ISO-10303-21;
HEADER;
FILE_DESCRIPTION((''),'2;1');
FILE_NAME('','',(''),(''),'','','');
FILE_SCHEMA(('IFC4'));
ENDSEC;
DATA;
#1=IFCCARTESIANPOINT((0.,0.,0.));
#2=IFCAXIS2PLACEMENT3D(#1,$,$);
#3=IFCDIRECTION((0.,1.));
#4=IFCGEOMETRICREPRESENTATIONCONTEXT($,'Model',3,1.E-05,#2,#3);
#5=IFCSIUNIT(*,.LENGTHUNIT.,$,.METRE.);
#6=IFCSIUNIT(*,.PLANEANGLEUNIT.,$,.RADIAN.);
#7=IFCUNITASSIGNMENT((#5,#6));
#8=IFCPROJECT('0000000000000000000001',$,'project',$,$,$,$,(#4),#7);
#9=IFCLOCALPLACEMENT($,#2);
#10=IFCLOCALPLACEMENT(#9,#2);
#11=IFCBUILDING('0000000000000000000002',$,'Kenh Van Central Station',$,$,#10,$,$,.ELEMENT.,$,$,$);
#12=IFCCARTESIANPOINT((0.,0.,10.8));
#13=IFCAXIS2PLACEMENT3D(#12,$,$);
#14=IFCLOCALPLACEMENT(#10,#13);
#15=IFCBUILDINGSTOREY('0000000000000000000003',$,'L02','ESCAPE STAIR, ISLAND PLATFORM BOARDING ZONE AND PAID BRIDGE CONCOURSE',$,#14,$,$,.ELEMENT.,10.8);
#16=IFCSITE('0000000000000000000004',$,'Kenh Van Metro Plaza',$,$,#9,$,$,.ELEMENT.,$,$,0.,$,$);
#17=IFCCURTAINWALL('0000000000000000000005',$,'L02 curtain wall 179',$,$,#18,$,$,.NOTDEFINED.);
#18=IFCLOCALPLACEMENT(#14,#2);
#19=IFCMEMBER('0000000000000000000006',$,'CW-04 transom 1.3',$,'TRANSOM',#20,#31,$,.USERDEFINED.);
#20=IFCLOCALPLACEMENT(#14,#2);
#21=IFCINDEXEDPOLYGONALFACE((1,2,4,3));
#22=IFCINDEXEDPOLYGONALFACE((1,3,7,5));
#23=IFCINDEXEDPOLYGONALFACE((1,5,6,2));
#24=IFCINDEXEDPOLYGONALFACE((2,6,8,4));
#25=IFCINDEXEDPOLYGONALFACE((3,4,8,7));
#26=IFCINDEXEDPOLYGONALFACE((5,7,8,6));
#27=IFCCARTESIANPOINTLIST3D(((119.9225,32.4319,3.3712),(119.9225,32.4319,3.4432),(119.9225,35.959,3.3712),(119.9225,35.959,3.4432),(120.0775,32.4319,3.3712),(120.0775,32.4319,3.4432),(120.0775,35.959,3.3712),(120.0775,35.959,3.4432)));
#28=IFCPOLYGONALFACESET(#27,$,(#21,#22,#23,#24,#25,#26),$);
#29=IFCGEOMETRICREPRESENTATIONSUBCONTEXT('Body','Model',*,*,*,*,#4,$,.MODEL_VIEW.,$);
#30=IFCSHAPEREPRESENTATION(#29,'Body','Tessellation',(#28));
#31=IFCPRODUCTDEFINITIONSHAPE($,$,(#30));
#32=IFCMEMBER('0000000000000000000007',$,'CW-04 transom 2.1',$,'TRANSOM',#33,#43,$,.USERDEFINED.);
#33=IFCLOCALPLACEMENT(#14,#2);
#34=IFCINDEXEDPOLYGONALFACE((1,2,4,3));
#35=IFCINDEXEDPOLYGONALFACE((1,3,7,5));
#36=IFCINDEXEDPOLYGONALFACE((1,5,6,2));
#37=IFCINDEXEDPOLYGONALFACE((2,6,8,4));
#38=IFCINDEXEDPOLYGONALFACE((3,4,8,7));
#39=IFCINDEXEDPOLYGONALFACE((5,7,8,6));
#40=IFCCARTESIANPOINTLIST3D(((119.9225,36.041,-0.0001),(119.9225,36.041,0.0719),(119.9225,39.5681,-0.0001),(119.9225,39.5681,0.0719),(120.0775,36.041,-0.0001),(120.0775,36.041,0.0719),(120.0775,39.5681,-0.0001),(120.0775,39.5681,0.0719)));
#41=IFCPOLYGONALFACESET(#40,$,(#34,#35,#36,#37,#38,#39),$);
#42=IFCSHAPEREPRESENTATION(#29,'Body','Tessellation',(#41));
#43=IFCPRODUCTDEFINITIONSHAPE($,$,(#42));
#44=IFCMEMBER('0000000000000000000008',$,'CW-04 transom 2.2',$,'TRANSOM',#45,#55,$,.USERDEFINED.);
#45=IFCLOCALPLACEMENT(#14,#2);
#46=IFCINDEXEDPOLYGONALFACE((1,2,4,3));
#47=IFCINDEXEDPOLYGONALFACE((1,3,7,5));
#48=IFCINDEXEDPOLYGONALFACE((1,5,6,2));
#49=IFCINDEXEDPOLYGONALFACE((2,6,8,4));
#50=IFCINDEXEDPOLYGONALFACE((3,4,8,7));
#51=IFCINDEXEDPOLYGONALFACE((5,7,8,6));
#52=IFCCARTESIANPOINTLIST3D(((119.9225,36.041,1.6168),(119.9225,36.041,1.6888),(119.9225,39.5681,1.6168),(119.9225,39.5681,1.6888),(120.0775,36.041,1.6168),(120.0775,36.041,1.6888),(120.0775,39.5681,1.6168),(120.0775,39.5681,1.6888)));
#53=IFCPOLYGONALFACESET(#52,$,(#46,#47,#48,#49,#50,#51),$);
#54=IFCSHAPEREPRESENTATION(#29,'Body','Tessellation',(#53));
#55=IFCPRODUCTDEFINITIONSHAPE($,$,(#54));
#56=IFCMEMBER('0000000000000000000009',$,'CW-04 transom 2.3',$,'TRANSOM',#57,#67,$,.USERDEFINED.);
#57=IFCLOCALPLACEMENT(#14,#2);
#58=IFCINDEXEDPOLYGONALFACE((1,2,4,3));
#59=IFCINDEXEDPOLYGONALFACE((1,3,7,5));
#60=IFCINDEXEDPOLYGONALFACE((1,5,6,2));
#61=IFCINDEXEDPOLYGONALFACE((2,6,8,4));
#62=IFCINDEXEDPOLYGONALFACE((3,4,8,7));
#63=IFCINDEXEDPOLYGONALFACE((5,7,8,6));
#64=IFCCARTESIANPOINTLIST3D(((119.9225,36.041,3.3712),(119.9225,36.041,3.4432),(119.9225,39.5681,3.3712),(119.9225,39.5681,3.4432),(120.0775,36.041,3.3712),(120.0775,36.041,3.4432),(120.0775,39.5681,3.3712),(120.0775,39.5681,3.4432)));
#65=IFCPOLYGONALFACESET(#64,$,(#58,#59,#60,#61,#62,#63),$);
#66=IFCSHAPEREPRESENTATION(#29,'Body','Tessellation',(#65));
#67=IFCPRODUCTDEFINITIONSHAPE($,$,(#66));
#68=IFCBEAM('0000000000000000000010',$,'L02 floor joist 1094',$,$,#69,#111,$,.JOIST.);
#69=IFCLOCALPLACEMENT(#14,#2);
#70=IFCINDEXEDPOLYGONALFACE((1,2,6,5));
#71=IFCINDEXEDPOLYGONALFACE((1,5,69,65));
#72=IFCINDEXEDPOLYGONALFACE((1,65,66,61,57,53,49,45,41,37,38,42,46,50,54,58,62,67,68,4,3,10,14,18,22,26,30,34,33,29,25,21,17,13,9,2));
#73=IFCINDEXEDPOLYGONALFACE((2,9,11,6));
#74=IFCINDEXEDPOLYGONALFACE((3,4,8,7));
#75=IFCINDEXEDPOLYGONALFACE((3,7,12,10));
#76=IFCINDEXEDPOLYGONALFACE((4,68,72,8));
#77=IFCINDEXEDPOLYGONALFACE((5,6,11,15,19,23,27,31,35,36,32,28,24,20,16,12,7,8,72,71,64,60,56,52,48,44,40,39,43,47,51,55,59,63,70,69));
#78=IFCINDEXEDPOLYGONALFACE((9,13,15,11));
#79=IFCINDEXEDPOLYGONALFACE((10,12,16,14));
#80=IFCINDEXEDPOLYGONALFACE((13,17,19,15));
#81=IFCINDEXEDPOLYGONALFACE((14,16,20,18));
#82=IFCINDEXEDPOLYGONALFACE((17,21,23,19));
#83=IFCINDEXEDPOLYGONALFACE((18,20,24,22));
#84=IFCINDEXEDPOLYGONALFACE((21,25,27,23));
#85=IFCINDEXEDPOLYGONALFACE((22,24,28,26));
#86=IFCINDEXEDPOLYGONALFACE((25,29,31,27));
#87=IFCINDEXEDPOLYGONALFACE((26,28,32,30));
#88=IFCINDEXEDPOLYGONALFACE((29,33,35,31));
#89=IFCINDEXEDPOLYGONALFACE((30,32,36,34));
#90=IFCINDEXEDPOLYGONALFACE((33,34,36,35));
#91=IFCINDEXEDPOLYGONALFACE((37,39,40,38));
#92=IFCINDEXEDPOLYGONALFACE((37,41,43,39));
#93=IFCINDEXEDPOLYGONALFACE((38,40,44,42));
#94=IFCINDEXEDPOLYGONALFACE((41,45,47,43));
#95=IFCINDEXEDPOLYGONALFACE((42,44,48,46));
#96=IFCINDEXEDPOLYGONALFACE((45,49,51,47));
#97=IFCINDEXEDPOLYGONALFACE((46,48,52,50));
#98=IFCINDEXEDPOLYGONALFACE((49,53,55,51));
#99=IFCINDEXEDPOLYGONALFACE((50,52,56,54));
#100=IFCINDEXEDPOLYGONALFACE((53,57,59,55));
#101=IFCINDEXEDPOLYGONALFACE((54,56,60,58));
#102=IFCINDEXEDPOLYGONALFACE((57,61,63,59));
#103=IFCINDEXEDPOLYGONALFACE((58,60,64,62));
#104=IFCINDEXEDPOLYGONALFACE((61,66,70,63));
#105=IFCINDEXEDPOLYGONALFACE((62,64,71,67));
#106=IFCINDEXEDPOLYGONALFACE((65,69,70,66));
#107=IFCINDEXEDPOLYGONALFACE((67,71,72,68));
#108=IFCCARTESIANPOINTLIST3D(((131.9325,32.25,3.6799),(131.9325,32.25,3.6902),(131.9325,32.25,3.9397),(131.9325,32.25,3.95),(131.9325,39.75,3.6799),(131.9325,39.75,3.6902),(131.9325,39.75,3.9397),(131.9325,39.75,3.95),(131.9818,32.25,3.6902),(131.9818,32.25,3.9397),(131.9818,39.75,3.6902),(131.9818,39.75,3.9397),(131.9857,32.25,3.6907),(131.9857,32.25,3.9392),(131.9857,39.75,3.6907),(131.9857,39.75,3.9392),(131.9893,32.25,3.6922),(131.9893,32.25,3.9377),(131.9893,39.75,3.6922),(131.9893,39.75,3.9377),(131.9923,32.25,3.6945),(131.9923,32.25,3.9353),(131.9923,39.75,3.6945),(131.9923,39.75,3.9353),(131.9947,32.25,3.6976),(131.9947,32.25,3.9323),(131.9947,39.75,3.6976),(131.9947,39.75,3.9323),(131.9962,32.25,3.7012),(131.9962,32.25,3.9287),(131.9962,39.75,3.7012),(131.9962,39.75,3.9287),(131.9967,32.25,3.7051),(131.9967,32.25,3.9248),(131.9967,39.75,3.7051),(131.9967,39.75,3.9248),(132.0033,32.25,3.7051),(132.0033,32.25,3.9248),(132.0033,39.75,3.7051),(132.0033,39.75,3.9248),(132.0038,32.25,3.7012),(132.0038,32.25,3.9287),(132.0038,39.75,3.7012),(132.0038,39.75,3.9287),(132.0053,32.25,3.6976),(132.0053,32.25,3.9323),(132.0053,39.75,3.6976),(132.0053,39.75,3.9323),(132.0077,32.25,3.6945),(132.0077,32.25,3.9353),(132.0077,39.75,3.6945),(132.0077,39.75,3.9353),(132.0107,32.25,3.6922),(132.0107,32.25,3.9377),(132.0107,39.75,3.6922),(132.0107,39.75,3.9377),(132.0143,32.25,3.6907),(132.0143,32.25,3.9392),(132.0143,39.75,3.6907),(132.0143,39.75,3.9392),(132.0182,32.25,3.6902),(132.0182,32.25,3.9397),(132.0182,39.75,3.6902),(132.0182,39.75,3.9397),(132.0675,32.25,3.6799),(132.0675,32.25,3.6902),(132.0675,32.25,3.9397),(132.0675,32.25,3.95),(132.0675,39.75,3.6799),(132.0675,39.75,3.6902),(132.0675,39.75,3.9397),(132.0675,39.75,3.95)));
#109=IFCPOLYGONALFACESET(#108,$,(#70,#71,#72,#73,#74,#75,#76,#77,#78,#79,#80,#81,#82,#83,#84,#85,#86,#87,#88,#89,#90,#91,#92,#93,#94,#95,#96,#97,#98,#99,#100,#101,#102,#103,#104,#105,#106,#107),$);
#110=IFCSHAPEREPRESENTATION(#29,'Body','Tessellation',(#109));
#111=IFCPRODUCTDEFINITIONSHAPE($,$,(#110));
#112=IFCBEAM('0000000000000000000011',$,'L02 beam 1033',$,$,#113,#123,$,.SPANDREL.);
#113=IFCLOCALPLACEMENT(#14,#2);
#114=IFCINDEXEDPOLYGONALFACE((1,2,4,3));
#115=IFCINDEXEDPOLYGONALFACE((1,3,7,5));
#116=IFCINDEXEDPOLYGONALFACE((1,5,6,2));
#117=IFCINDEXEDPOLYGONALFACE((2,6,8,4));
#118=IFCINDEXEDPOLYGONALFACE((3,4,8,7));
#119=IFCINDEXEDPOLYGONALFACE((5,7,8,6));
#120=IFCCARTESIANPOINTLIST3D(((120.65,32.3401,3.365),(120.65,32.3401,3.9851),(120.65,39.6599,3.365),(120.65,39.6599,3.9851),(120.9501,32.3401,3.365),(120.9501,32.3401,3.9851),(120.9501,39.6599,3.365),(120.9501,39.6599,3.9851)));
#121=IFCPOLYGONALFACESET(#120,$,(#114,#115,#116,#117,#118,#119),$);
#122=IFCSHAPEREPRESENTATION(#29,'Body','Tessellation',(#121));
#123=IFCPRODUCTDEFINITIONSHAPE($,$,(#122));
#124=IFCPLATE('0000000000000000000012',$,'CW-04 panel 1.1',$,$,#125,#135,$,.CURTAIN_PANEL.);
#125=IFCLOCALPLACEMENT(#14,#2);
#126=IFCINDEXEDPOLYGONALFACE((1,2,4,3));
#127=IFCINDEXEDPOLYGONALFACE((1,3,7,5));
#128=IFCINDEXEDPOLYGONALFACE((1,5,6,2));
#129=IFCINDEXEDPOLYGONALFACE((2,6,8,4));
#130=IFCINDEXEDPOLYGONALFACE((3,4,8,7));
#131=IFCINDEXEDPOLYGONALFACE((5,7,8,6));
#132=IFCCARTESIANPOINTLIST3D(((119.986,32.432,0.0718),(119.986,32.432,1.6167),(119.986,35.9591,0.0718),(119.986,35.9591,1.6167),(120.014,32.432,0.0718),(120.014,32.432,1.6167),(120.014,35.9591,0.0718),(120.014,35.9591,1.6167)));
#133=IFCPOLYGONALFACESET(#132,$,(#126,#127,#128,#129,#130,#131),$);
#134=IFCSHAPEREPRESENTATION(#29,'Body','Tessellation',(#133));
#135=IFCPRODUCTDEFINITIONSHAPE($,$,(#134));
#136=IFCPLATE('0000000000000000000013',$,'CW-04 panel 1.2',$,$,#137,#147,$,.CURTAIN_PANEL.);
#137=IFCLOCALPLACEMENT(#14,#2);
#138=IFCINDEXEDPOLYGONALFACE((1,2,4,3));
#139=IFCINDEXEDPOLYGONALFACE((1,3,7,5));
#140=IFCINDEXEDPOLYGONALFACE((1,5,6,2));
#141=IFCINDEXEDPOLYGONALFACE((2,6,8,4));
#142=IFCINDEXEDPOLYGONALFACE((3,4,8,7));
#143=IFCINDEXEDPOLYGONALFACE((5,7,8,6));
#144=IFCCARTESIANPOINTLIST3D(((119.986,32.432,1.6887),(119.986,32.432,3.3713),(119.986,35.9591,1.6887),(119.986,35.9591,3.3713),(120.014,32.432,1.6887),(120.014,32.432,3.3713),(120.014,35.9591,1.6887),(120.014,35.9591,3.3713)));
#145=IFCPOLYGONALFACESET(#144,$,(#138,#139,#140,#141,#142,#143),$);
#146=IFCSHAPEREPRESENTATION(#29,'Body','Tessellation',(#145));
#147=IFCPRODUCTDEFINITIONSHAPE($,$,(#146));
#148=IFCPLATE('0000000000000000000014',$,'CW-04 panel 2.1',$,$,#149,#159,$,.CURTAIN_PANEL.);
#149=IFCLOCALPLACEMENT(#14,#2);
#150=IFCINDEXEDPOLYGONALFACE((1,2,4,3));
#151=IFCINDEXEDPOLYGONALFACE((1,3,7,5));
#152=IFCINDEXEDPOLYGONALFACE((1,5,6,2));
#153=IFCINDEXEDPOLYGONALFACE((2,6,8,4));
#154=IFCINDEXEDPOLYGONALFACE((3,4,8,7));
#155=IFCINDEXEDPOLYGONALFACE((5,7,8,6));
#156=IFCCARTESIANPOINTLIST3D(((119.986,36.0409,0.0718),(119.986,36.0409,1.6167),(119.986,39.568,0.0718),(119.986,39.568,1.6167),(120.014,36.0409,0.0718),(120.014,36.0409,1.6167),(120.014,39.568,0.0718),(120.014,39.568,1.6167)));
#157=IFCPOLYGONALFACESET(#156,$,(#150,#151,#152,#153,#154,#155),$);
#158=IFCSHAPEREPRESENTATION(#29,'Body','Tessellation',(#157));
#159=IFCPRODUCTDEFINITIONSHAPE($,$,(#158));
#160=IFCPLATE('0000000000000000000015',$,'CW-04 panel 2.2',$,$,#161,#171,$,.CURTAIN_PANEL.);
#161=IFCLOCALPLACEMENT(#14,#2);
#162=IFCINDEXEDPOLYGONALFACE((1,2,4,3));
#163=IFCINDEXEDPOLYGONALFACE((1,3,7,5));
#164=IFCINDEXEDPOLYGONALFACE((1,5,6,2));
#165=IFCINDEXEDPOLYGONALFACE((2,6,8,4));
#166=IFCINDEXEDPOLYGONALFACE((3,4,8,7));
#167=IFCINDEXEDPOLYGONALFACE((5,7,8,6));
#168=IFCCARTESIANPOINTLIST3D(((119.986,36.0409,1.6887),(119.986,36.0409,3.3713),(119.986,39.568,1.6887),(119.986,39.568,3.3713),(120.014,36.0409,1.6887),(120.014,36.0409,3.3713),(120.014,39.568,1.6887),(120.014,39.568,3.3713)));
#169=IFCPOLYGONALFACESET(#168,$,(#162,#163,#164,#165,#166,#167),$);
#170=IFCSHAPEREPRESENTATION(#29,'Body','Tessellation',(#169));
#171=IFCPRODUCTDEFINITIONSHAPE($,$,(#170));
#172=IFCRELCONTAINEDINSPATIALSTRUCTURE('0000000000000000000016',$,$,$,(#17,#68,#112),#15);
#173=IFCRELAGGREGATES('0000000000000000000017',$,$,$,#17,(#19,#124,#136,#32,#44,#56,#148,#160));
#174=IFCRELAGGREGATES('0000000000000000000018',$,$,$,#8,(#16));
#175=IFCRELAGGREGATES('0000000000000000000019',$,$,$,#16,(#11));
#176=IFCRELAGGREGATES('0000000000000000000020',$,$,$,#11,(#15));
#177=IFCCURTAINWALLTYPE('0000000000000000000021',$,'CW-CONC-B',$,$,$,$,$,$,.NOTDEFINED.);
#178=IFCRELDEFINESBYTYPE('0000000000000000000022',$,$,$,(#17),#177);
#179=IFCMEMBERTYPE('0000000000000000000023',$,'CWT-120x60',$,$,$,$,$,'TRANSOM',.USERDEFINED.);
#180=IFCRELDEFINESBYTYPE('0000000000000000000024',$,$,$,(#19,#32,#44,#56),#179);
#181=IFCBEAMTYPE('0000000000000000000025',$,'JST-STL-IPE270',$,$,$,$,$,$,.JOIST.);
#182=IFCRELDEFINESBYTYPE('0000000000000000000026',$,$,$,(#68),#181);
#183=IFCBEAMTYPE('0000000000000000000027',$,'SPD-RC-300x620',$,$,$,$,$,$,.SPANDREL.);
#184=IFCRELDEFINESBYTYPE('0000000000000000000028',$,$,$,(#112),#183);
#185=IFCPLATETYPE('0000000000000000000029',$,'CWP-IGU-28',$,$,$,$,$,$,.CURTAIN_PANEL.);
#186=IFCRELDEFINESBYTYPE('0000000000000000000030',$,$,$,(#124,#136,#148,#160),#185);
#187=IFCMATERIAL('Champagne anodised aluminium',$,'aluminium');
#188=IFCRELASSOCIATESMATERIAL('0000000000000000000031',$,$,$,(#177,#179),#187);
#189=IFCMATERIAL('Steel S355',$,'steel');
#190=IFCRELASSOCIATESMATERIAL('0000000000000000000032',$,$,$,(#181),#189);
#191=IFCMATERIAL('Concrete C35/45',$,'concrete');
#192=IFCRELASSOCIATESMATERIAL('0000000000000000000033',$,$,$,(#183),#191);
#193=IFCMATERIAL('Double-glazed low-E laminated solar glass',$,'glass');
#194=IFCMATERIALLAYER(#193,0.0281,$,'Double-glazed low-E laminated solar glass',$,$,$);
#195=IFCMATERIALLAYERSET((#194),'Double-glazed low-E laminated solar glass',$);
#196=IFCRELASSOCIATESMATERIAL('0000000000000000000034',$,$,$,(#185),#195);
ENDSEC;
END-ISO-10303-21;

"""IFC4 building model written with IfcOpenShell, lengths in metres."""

from ifc_helpers import new_model, si_unit, direction, frame, origin, origin_2d, place, context, subcontext, project, spatial, rectangle, i_section, extrude, material, layer, layer_set, material_profile, profile_set, type_object, element, aggregate, save


model = new_model("IFC4")

# Units and contexts
model_context = context("Model", 3, precision=1e-05, world=origin(), true_north=direction((0.0, 1.0)))
body_context = subcontext(model_context, "Body", "Model", "MODEL_VIEW")
ifc_project = project(units=[si_unit("LENGTHUNIT", "METRE"), si_unit("PLANEANGLEUNIT", "RADIAN")], contexts=[model_context])

# Site, building, storey
site_placement = place(None, origin())
site = spatial("IfcSite", under=ifc_project, at=site_placement, Name="Kenh Van Metro Plaza", CompositionType="ELEMENT", RefElevation=0.0)
building_placement = place(site_placement, origin())
building = spatial("IfcBuilding", under=site, at=building_placement, Name="Kenh Van Central Station", CompositionType="ELEMENT")
storey_placement = place(building_placement, frame((0.0, 0.0, 10.8)))
storey = spatial("IfcBuildingStorey", under=building, at=storey_placement, Name="L02", Description="ESCAPE STAIR, ISLAND PLATFORM BOARDING ZONE AND PAID BRIDGE CONCOURSE", CompositionType="ELEMENT", Elevation=10.8)

# Shared definitions
ifc_material_1 = material(Name="Concrete C35/45", Category="concrete")

# Curtain wall, members
ifc_material_2 = material(Name="Champagne anodised aluminium", Category="aluminium")
curtain_wall_type = type_object("IfcCurtainWallType", Name="CW-CONC-B", PredefinedType="NOTDEFINED", material=ifc_material_2)
curtain_wall_placement = place(storey_placement, origin())
curtain_wall = element("IfcCurtainWall", 1, at=curtain_wall_placement, inside=storey, type_object=curtain_wall_type, Name="L02 curtain wall 179", PredefinedType="NOTDEFINED")
ifc_material_profile_1 = material_profile(ifc_material_2, rectangle(XDim=0.155, YDim=0.072, at=origin_2d()), Name="AL 155x72")
ifc_profile_set_1 = profile_set([ifc_material_profile_1], Name="Champagne anodised aluminium")
member_type_1 = type_object("IfcMemberType", Name="CWT-120x60", ElementType="TRANSOM", PredefinedType="USERDEFINED", material=ifc_profile_set_1)
member_1_placement = place(storey_placement, frame((120.0, 32.4319, 3.4072), z_axis=(0.0, 1.0, 0.0), x_axis=(-1.0, 0.0, 0.0)))
member_1 = element("IfcMember", 2, at=member_1_placement, type_object=member_type_1, Name="CW-04 transom 1.3", ObjectType="TRANSOM", PredefinedType="USERDEFINED", context=body_context, shape_type="SweptSolid", body=[
    extrude(rectangle(XDim=0.155, YDim=0.072, at=origin_2d()), origin(), (0.0, 0.0, 1.0), 3.5271),
])
member_2_placement = place(storey_placement, frame((120.0, 36.041, 0.0359), z_axis=(0.0, 1.0, 0.0), x_axis=(-1.0, 0.0, 0.0)))
member_2 = element("IfcMember", 3, at=member_2_placement, type_object=member_type_1, Name="CW-04 transom 2.1", ObjectType="TRANSOM", PredefinedType="USERDEFINED", context=body_context, shape_type="SweptSolid", body=[
    extrude(rectangle(XDim=0.155, YDim=0.072, at=origin_2d()), origin(), (0.0, 0.0, 1.0), 3.5271),
])
member_3_placement = place(storey_placement, frame((120.0, 36.041, 1.6528), z_axis=(0.0, 1.0, 0.0), x_axis=(-1.0, 0.0, 0.0)))
member_3 = element("IfcMember", 4, at=member_3_placement, type_object=member_type_1, Name="CW-04 transom 2.2", ObjectType="TRANSOM", PredefinedType="USERDEFINED", context=body_context, shape_type="SweptSolid", body=[
    extrude(rectangle(XDim=0.155, YDim=0.072, at=origin_2d()), origin(), (0.0, 0.0, 1.0), 3.5271),
])
member_4_placement = place(storey_placement, frame((120.0, 36.041, 3.4072), z_axis=(0.0, 1.0, 0.0), x_axis=(-1.0, 0.0, 0.0)))
member_4 = element("IfcMember", 5, at=member_4_placement, type_object=member_type_1, Name="CW-04 transom 2.3", ObjectType="TRANSOM", PredefinedType="USERDEFINED", context=body_context, shape_type="SweptSolid", body=[
    extrude(rectangle(XDim=0.155, YDim=0.072, at=origin_2d()), origin(), (0.0, 0.0, 1.0), 3.5271),
])

# Beams
ifc_material_3 = material(Name="Steel S355", Category="steel")
ifc_material_profile_2 = material_profile(ifc_material_3, i_section(OverallWidth=0.135, OverallDepth=0.27, WebThickness=0.0066, FlangeThickness=0.0103, FilletRadius=0.0149, at=origin_2d()), Name="IPE 270")
ifc_profile_set_2 = profile_set([ifc_material_profile_2], Name="Steel S355")
beam_type_1 = type_object("IfcBeamType", Name="JST-STL-IPE270", PredefinedType="JOIST", material=ifc_profile_set_2)
beam_1_placement = place(storey_placement, frame((132.0, 32.25, 3.8149), z_axis=(0.0, 1.0, 0.0), x_axis=(-1.0, 0.0, 0.0)))
element("IfcBeam", 6, at=beam_1_placement, inside=storey, type_object=beam_type_1, Name="L02 floor joist 1094", PredefinedType="JOIST", context=body_context, shape_type="SweptSolid", body=[
    extrude(i_section(OverallWidth=0.135, OverallDepth=0.27, WebThickness=0.0066, FlangeThickness=0.0103, FilletRadius=0.0149, at=origin_2d()), origin(), (0.0, 0.0, 1.0), 7.5),
])
ifc_material_profile_3 = material_profile(ifc_material_1, rectangle(XDim=0.3, YDim=0.6201, at=origin_2d()), Name="RC 300x620")
ifc_profile_set_3 = profile_set([ifc_material_profile_3], Name="Concrete C35/45")
beam_type_2 = type_object("IfcBeamType", Name="SPD-RC-300x620", PredefinedType="SPANDREL", material=ifc_profile_set_3)
beam_2_placement = place(storey_placement, frame((120.8, 32.3401, 3.675), z_axis=(0.0, 1.0, 0.0), x_axis=(-1.0, 0.0, 0.0)))
element("IfcBeam", 7, at=beam_2_placement, inside=storey, type_object=beam_type_2, Name="L02 beam 1033", PredefinedType="SPANDREL", context=body_context, shape_type="SweptSolid", body=[
    extrude(rectangle(XDim=0.3, YDim=0.6201, at=origin_2d()), origin(), (0.0, 0.0, 1.0), 7.3198),
])

# Plates
ifc_material_4 = material(Name="Double-glazed low-E laminated solar glass", Category="glass")
ifc_layer_1 = layer(ifc_material_4, 0.0281, Name="Double-glazed low-E laminated solar glass")
ifc_layer_set_1 = layer_set([ifc_layer_1], Name="Double-glazed low-E laminated solar glass")
plate_type = type_object("IfcPlateType", Name="CWP-IGU-28", PredefinedType="CURTAIN_PANEL", material=ifc_layer_set_1)
plate_1_placement = place(storey_placement, frame((120.0, 34.1956, 0.0718), z_axis=(0.0, 0.0, 1.0), x_axis=(0.0, 1.0, 0.0)))
plate_1 = element("IfcPlate", 8, at=plate_1_placement, type_object=plate_type, Name="CW-04 panel 1.1", PredefinedType="CURTAIN_PANEL", context=body_context, shape_type="SweptSolid", body=[
    extrude(rectangle(XDim=3.5271, YDim=0.0281, at=origin_2d()), origin(), (0.0, 0.0, 1.0), 1.5449),
])
plate_2_placement = place(storey_placement, frame((120.0, 34.1956, 1.6887), z_axis=(0.0, 0.0, 1.0), x_axis=(0.0, 1.0, 0.0)))
plate_2 = element("IfcPlate", 9, at=plate_2_placement, type_object=plate_type, Name="CW-04 panel 1.2", PredefinedType="CURTAIN_PANEL", context=body_context, shape_type="SweptSolid", body=[
    extrude(rectangle(XDim=3.5271, YDim=0.0281, at=origin_2d()), origin(), (0.0, 0.0, 1.0), 1.6826),
])
plate_3_placement = place(storey_placement, frame((120.0, 37.8044, 0.0718), z_axis=(0.0, 0.0, 1.0), x_axis=(0.0, 1.0, 0.0)))
plate_3 = element("IfcPlate", 10, at=plate_3_placement, type_object=plate_type, Name="CW-04 panel 2.1", PredefinedType="CURTAIN_PANEL", context=body_context, shape_type="SweptSolid", body=[
    extrude(rectangle(XDim=3.5271, YDim=0.0281, at=origin_2d()), origin(), (0.0, 0.0, 1.0), 1.5449),
])
plate_4_placement = place(storey_placement, frame((120.0, 37.8044, 1.6887), z_axis=(0.0, 0.0, 1.0), x_axis=(0.0, 1.0, 0.0)))
plate_4 = element("IfcPlate", 11, at=plate_4_placement, type_object=plate_type, Name="CW-04 panel 2.2", PredefinedType="CURTAIN_PANEL", context=body_context, shape_type="SweptSolid", body=[
    extrude(rectangle(XDim=3.5271, YDim=0.0281, at=origin_2d()), origin(), (0.0, 0.0, 1.0), 1.6826),
])
aggregate(curtain_wall, [member_1, plate_1, plate_2, member_2, member_3, member_4, plate_3, plate_4])

save(model, "model.ifc")
